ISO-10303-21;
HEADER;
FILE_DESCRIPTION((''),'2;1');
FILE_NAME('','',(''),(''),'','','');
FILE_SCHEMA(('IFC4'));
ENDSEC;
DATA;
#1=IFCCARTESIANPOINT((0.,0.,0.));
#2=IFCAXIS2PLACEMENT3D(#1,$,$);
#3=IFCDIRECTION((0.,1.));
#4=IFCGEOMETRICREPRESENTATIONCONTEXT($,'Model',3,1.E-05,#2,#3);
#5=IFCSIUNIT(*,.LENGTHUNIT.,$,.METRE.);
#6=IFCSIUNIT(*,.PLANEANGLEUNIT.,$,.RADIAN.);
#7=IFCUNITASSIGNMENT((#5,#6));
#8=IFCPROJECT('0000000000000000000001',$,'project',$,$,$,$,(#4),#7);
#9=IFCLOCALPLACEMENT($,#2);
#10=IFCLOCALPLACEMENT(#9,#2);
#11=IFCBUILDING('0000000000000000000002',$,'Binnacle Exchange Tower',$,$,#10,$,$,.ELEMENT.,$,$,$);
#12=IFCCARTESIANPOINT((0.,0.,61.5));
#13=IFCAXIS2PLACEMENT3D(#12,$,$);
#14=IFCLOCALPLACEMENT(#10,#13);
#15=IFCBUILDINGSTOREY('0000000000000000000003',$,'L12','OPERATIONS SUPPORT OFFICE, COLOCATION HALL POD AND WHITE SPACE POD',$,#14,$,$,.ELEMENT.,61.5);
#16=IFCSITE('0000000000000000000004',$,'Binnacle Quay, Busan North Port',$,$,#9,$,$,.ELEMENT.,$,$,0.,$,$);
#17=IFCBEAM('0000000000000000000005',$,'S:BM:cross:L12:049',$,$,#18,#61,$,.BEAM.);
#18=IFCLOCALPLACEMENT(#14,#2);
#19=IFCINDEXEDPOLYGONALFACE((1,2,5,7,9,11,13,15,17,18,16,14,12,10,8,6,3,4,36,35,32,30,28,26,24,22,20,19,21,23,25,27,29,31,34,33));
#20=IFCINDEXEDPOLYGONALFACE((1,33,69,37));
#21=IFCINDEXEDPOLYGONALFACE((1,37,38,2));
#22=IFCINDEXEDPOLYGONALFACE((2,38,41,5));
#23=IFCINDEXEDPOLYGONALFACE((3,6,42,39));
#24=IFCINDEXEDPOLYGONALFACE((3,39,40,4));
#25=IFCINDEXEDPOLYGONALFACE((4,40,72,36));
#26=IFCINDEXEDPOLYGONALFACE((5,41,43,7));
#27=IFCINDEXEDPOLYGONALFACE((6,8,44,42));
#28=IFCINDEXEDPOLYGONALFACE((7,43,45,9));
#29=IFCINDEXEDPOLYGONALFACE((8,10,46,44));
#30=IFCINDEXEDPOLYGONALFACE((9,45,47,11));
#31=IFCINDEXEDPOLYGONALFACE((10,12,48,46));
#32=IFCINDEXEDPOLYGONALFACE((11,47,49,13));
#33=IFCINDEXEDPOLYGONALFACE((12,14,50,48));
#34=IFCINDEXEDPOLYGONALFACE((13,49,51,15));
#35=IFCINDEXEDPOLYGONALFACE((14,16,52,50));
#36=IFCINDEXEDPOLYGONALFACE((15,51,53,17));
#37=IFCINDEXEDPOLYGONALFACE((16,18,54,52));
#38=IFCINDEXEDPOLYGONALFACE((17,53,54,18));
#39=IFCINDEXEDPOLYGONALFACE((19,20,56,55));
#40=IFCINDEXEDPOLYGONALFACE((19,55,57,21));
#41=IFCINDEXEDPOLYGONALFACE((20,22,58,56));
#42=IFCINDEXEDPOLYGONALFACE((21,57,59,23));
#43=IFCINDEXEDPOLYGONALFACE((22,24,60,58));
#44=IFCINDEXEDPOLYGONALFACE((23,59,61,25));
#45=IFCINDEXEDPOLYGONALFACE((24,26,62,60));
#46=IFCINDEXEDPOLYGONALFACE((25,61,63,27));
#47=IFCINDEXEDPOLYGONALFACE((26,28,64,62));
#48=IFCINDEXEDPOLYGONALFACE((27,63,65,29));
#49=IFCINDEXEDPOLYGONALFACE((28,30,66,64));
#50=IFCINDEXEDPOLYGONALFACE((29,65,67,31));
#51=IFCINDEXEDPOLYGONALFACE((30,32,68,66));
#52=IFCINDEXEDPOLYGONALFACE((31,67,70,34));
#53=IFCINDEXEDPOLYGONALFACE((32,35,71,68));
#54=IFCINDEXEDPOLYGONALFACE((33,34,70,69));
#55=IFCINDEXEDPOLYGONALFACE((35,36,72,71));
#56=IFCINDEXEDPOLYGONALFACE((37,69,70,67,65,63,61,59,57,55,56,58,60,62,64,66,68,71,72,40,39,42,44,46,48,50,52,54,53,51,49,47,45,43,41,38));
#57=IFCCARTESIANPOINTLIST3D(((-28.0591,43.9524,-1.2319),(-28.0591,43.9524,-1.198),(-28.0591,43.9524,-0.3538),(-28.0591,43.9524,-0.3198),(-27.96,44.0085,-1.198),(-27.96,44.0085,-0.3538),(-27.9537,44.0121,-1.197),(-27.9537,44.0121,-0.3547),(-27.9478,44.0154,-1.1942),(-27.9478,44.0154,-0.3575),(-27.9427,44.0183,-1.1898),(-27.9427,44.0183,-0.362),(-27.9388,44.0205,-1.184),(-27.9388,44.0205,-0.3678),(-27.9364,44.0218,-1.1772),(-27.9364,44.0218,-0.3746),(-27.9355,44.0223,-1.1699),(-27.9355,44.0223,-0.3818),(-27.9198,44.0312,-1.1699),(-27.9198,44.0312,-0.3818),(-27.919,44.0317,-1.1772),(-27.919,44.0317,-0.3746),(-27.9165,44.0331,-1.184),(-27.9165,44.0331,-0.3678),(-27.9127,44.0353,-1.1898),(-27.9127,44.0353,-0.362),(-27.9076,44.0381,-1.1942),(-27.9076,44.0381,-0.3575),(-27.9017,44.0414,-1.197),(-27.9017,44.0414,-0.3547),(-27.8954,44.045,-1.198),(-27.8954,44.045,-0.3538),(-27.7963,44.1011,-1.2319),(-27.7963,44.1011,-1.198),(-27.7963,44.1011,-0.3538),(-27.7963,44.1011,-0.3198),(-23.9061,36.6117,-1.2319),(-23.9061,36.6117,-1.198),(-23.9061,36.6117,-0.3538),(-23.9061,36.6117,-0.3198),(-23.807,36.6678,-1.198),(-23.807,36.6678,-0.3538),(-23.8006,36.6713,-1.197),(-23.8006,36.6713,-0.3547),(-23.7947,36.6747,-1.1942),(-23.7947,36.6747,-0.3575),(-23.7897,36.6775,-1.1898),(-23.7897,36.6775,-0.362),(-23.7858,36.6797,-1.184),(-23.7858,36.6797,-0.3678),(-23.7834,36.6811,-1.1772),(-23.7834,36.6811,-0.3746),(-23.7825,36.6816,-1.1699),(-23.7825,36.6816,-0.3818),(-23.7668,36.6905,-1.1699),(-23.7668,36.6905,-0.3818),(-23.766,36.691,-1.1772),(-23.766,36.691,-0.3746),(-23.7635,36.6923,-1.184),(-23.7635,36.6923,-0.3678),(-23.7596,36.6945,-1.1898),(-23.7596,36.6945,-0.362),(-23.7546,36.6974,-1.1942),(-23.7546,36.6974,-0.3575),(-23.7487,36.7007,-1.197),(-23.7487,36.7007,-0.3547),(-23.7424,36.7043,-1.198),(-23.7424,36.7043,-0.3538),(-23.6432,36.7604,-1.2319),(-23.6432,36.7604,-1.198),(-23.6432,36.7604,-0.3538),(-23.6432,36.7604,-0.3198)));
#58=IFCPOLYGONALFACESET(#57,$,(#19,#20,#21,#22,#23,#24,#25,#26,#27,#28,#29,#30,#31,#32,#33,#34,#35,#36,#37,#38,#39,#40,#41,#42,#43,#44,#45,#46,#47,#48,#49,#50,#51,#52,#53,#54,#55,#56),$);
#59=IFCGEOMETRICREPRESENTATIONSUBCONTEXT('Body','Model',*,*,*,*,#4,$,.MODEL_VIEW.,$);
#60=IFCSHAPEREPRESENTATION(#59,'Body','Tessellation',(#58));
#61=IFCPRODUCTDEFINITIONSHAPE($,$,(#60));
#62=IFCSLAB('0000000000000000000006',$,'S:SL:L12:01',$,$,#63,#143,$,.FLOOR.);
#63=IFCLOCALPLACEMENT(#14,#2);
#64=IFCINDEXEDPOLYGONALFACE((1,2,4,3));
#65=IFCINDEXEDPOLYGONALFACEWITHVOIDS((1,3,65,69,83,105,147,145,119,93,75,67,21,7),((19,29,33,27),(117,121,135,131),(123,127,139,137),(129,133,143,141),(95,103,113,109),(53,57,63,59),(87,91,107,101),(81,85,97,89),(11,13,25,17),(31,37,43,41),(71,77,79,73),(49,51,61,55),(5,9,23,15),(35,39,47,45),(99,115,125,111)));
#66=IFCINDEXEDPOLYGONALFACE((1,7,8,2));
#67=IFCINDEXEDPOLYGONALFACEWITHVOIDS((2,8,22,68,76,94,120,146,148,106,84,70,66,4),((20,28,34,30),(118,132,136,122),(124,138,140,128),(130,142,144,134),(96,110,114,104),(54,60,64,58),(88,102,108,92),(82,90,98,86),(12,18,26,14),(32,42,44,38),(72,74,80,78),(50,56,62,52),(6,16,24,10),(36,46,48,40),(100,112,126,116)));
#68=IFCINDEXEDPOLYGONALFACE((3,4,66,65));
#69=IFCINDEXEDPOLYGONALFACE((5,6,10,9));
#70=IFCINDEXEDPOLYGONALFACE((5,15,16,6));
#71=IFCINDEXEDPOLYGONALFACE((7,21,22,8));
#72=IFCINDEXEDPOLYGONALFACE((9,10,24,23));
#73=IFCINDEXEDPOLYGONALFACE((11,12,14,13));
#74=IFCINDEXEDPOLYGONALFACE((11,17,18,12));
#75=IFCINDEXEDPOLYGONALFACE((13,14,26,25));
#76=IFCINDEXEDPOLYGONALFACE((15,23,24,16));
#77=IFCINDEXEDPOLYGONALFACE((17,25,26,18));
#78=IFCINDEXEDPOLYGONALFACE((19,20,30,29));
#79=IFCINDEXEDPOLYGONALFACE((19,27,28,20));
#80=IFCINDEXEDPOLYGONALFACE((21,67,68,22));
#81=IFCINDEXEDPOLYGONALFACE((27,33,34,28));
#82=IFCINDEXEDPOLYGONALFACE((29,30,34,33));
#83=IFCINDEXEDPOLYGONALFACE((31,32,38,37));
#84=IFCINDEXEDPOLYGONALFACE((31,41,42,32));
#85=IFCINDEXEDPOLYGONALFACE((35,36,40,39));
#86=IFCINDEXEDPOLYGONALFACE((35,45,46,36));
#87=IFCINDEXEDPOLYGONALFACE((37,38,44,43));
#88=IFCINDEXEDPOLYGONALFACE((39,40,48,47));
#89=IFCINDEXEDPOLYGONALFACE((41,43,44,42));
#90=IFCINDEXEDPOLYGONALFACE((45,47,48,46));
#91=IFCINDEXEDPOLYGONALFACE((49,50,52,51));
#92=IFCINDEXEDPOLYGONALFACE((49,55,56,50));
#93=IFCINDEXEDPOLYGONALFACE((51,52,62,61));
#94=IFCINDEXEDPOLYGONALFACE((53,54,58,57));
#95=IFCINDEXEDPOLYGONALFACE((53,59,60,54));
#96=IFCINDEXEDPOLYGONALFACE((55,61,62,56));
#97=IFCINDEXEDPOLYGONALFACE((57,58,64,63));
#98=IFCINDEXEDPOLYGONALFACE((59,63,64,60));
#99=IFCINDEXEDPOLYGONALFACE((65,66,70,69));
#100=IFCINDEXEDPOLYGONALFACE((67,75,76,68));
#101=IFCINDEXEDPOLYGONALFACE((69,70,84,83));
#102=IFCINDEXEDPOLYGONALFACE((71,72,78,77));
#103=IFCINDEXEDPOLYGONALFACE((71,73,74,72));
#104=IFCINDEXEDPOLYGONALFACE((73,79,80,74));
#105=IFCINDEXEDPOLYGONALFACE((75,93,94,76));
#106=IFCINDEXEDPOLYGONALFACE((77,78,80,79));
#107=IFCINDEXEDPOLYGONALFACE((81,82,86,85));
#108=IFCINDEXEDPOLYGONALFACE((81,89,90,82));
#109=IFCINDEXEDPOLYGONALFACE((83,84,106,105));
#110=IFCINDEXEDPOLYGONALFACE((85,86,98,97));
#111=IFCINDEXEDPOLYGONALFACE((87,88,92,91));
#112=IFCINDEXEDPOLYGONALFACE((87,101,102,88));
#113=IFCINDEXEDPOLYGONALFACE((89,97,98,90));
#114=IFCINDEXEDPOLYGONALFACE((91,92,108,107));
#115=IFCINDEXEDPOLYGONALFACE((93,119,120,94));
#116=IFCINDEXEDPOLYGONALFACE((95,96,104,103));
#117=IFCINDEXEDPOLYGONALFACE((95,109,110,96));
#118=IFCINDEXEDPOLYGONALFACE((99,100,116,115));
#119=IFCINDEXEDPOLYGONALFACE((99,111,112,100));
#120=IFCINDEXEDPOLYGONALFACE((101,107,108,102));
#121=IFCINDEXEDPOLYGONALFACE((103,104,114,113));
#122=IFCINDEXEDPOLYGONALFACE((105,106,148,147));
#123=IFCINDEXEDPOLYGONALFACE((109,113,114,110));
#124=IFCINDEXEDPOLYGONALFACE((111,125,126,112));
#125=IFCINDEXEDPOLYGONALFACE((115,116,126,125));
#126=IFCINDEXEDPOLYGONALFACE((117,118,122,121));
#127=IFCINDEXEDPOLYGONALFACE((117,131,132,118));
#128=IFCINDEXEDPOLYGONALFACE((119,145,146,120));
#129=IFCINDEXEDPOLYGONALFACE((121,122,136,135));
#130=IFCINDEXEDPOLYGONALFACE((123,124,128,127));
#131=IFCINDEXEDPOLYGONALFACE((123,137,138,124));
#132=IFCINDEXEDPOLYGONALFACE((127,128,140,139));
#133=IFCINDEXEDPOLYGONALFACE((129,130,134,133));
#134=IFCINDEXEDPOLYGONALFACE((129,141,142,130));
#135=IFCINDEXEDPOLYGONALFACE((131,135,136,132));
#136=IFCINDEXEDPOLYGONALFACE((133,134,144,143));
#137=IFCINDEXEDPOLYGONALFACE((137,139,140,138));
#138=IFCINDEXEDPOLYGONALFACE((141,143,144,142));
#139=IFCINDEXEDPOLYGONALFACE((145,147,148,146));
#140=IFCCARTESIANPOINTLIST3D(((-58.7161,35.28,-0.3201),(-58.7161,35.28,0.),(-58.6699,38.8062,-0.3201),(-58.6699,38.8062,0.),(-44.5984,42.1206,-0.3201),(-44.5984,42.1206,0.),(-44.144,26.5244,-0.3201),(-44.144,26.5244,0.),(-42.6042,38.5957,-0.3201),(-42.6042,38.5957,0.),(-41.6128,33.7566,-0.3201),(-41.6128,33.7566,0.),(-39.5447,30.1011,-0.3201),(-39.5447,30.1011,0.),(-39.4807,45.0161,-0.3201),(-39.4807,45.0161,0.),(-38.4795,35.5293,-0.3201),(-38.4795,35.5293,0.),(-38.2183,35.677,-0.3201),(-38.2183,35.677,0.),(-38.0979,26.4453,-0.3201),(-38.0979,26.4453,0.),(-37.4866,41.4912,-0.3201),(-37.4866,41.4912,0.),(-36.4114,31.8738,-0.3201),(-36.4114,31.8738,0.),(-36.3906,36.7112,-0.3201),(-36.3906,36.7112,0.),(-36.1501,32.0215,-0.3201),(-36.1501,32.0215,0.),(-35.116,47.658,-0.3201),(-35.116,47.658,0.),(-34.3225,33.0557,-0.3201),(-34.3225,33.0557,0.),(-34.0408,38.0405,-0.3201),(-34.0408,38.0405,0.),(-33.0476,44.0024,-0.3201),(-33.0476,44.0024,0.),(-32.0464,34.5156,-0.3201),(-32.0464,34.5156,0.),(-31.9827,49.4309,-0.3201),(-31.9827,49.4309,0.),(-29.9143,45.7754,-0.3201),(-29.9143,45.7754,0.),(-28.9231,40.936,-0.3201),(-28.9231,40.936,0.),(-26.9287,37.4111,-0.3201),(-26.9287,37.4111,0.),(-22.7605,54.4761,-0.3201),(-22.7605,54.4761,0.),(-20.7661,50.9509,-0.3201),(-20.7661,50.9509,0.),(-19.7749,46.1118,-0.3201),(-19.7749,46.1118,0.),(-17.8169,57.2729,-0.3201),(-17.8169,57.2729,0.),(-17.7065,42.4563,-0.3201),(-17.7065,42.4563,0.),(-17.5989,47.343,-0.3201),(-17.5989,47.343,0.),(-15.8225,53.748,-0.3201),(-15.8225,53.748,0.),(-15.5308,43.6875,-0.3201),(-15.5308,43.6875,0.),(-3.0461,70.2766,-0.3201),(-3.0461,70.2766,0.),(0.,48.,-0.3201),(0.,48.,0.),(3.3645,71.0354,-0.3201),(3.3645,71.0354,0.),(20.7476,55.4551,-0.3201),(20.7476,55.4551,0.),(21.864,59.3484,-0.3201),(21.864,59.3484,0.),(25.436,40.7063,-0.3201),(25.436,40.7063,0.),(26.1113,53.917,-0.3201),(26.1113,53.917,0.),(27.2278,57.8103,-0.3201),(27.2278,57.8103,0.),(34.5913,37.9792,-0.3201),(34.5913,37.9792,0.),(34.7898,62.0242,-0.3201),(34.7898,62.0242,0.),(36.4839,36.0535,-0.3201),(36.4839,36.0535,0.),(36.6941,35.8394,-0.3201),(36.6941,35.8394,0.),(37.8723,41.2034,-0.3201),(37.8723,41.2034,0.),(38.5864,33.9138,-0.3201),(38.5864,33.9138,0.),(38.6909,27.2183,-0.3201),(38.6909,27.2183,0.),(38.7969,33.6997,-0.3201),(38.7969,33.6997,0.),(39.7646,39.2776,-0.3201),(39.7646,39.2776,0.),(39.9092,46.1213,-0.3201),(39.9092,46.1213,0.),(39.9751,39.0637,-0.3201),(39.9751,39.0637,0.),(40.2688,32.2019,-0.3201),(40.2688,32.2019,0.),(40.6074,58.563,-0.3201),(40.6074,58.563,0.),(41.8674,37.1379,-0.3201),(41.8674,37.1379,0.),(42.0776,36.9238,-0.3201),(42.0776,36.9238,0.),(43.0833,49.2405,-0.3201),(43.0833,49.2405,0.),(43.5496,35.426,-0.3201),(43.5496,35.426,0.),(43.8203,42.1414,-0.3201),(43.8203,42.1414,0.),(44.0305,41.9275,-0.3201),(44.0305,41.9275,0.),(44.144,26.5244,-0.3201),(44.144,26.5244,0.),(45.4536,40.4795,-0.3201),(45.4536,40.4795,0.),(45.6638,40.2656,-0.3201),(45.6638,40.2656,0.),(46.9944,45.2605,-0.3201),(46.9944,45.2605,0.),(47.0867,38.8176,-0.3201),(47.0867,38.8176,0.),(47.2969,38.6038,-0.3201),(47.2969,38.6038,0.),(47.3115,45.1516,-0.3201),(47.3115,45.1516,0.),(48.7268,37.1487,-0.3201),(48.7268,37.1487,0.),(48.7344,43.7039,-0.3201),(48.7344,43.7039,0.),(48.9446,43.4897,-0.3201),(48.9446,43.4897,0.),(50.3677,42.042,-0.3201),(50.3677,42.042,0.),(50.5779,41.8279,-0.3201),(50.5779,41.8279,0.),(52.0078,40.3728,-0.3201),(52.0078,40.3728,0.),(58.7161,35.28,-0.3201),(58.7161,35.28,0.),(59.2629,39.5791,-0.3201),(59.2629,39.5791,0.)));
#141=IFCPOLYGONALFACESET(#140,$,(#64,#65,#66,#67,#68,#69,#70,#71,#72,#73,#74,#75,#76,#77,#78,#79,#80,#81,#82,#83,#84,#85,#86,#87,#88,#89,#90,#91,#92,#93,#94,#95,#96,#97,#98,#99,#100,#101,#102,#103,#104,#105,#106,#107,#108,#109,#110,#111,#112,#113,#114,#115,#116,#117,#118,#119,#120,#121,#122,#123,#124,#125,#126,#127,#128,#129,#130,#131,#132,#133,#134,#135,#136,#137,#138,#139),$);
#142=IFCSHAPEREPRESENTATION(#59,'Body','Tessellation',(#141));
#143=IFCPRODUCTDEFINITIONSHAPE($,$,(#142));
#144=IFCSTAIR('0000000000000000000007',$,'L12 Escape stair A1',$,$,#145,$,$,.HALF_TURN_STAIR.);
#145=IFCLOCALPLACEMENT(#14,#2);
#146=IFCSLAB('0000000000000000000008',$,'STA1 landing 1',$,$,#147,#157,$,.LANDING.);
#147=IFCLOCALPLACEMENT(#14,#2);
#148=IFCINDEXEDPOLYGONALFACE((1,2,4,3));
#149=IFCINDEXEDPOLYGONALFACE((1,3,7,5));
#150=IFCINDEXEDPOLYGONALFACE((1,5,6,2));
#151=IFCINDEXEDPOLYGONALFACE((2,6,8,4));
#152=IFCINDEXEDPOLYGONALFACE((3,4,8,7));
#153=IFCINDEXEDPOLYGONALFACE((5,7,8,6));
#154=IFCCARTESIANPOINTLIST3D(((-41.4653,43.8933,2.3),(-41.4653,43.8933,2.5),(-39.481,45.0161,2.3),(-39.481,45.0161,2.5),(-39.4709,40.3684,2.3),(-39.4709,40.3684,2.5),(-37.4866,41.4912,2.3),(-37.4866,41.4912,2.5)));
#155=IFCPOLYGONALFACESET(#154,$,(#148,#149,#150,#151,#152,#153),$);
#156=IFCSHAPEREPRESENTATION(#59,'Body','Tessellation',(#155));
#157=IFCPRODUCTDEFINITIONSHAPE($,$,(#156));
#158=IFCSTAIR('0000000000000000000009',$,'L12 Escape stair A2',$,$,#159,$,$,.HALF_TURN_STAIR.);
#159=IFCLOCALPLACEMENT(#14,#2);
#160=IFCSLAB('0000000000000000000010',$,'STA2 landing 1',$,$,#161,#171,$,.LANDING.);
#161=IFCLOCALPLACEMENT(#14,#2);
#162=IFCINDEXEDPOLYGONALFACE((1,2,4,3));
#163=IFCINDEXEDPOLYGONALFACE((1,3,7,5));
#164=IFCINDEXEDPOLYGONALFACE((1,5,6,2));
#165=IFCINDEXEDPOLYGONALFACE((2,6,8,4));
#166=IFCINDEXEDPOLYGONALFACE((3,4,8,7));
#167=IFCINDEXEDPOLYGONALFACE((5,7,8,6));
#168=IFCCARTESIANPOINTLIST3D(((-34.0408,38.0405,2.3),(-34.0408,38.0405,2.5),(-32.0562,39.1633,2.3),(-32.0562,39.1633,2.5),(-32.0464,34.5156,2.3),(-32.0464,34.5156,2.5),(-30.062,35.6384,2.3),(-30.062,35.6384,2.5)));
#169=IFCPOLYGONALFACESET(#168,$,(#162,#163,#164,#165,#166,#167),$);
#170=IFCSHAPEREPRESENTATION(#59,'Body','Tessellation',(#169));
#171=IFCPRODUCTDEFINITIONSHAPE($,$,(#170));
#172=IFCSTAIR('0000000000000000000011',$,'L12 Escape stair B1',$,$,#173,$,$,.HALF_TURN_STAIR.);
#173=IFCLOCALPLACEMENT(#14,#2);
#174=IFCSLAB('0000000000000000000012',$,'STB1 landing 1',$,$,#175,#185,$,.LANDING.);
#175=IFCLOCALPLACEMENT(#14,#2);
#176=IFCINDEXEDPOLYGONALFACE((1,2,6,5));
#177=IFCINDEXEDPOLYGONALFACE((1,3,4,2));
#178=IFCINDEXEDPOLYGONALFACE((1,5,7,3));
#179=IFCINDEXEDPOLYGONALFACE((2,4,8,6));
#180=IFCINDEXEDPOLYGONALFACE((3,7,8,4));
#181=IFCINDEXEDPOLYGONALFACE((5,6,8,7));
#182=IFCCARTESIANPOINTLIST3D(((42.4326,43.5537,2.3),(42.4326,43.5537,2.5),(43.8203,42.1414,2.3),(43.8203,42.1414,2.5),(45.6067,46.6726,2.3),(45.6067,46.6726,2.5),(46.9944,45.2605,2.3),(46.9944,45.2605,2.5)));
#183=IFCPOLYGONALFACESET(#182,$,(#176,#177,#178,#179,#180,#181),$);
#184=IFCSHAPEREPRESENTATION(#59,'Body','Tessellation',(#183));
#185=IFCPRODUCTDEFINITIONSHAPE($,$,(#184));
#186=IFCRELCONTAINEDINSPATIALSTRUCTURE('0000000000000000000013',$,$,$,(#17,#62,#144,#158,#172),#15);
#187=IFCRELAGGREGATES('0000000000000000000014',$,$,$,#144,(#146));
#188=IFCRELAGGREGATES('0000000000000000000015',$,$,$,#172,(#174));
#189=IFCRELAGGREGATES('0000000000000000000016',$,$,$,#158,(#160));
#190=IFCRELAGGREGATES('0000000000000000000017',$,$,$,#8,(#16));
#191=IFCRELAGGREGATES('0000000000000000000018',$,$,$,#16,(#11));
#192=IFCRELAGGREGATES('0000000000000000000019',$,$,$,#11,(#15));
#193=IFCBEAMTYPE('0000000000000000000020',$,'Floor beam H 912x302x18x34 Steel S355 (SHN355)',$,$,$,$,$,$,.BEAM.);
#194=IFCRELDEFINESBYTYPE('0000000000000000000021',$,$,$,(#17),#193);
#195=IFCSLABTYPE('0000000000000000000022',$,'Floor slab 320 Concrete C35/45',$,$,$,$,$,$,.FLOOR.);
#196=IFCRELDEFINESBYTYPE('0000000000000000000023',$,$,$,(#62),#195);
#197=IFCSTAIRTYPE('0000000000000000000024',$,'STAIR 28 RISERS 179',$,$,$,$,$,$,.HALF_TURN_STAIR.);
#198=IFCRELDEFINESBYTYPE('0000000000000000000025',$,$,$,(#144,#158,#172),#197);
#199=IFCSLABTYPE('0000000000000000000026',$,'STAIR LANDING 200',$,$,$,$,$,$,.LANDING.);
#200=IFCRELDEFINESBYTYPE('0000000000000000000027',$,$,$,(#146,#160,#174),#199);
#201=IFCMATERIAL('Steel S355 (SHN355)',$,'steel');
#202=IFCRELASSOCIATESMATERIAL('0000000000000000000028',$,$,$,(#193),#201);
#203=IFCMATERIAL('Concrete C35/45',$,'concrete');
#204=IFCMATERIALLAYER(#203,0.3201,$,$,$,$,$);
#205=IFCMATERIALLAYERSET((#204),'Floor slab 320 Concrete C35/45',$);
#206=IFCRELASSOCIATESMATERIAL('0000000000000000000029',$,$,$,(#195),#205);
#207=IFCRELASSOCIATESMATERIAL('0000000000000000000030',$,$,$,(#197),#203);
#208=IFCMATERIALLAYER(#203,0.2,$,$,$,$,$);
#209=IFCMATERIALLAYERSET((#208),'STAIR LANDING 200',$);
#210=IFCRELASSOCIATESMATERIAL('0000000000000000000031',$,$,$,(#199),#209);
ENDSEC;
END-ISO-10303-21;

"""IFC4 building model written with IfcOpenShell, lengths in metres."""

from ifc_helpers import new_model, si_unit, direction, frame, origin, origin_2d, place, context, subcontext, project, spatial, polyline, i_section, outline, extrude, material, layer, layer_set, material_profile, profile_set, type_object, element, aggregate, save


model = new_model("IFC4")

# Units and contexts
model_context = context("Model", 3, precision=1e-05, world=origin(), true_north=direction((0.0, 1.0)))
body_context = subcontext(model_context, "Body", "Model", "MODEL_VIEW")
ifc_project = project(units=[si_unit("LENGTHUNIT", "METRE"), si_unit("PLANEANGLEUNIT", "RADIAN")], contexts=[model_context])

# Site, building, storey
site_placement = place(None, origin())
site = spatial("IfcSite", under=ifc_project, at=site_placement, Name="Binnacle Quay, Busan North Port", CompositionType="ELEMENT", RefElevation=0.0)
building_placement = place(site_placement, origin())
building = spatial("IfcBuilding", under=site, at=building_placement, Name="Binnacle Exchange Tower", CompositionType="ELEMENT")
storey_placement = place(building_placement, frame((0.0, 0.0, 61.5)))
storey = spatial("IfcBuildingStorey", under=building, at=storey_placement, Name="L12", Description="OPERATIONS SUPPORT OFFICE, COLOCATION HALL POD AND WHITE SPACE POD", CompositionType="ELEMENT", Elevation=61.5)

# Beam
ifc_material_1 = material(Name="Steel S355 (SHN355)", Category="steel")
ifc_material_profile_1 = material_profile(ifc_material_1, i_section(OverallWidth=0.302, OverallDepth=0.9121, WebThickness=0.0181, FlangeThickness=0.0339, FilletRadius=0.0281, at=origin_2d()), Name="H 912x302x18x34")
ifc_profile_set_1 = profile_set([ifc_material_profile_1], Name="Steel S355 (SHN355)")
beam_type_1 = type_object("IfcBeamType", Name="Floor beam H 912x302x18x34 Steel S355 (SHN355)", PredefinedType="BEAM", material=ifc_profile_set_1)
beam_1_placement = place(storey_placement, frame((-23.7747, 36.686, -0.7759), z_axis=(-0.492409, 0.870364, 0.0), x_axis=(-0.870364, -0.492409, 0.0)))
element("IfcBeam", 1, at=beam_1_placement, inside=storey, type_object=beam_type_1, Name="S:BM:cross:L12:049", PredefinedType="BEAM", context=body_context, shape_type="SweptSolid", body=[
    extrude(i_section(OverallWidth=0.302, OverallDepth=0.9121, WebThickness=0.0181, FlangeThickness=0.0339, FilletRadius=0.0281, at=origin_2d()), origin(), (0.0, 0.0, 1.0), 8.4341),
])

# Slab
ifc_material_2 = material(Name="Concrete C35/45", Category="concrete")
ifc_layer_1 = layer(ifc_material_2, 0.3201)
ifc_layer_set_1 = layer_set([ifc_layer_1], Name="Floor slab 320 Concrete C35/45")
slab_type_1 = type_object("IfcSlabType", Name="Floor slab 320 Concrete C35/45", PredefinedType="FLOOR", material=ifc_layer_set_1)
slab_1_placement = place(storey_placement, frame((0.0, 0.0, -0.3201)))
element("IfcSlab", 2, at=slab_1_placement, inside=storey, type_object=slab_type_1, Name="S:SL:L12:01", PredefinedType="FLOOR", context=body_context, shape_type="SweptSolid", body=[
    extrude(outline(polyline([(59.2629, 39.5791), (58.7161, 35.28), (44.144, 26.5244), (38.6909, 27.2183), (25.436, 40.7063), (0.0, 48.0), (-38.0979, 26.4453), (-44.144, 26.5244), (-58.7161, 35.28), (-58.6699, 38.8062), (-3.0461, 70.2766), (3.3645, 71.0354), (34.7898, 62.0242), (40.6074, 58.563), (59.2629, 39.5791)]), holes=[polyline([(-38.4795, 35.5293), (-41.6128, 33.7566), (-39.5447, 30.1011), (-36.4114, 31.8738), (-38.4795, 35.5293)]), polyline([(-34.3225, 33.0557), (-36.3906, 36.7112), (-38.2183, 35.677), (-36.1501, 32.0215), (-34.3225, 33.0557)]), polyline([(-34.0408, 38.0405), (-32.0464, 34.5156), (-26.9287, 37.4111), (-28.9231, 40.936), (-34.0408, 38.0405)]), polyline([(-37.4866, 41.4912), (-39.4807, 45.0161), (-44.5984, 42.1206), (-42.6042, 38.5957), (-37.4866, 41.4912)]), polyline([(-15.5308, 43.6875), (-17.5989, 47.343), (-19.7749, 46.1118), (-17.7065, 42.4563), (-15.5308, 43.6875)]), polyline([(-29.9143, 45.7754), (-31.9827, 49.4309), (-35.116, 47.658), (-33.0476, 44.0024), (-29.9143, 45.7754)]), polyline([(-15.8225, 53.748), (-17.8169, 57.2729), (-22.7605, 54.4761), (-20.7661, 50.9509), (-15.8225, 53.748)]), polyline([(26.1113, 53.917), (27.2278, 57.8103), (21.864, 59.3484), (20.7476, 55.4551), (26.1113, 53.917)]), polyline([(40.2688, 32.2019), (43.5496, 35.426), (42.0776, 36.9238), (38.7969, 33.6997), (40.2688, 32.2019)]), polyline([(38.5864, 33.9138), (41.8674, 37.1379), (39.9751, 39.0637), (36.6941, 35.8394), (38.5864, 33.9138)]), polyline([(36.4839, 36.0535), (39.7646, 39.2776), (37.8723, 41.2034), (34.5913, 37.9792), (36.4839, 36.0535)]), polyline([(48.7268, 37.1487), (52.0078, 40.3728), (50.5779, 41.8279), (47.2969, 38.6038), (48.7268, 37.1487)]), polyline([(47.0867, 38.8176), (50.3677, 42.042), (48.9446, 43.4897), (45.6638, 40.2656), (47.0867, 38.8176)]), polyline([(45.4536, 40.4795), (48.7344, 43.7039), (47.3115, 45.1516), (44.0305, 41.9275), (45.4536, 40.4795)]), polyline([(43.8203, 42.1414), (46.9944, 45.2605), (43.0833, 49.2405), (39.9092, 46.1213), (43.8203, 42.1414)])]), origin(), (0.0, 0.0, 1.0), 0.3201),
])

# Stairs, slabs
stair_type = type_object("IfcStairType", Name="STAIR 28 RISERS 179", PredefinedType="HALF_TURN_STAIR", material=ifc_material_2)
stair_1_placement = place(storey_placement, origin())
stair_1 = element("IfcStair", 3, at=stair_1_placement, inside=storey, type_object=stair_type, Name="L12 Escape stair A1", PredefinedType="HALF_TURN_STAIR")
ifc_layer_2 = layer(ifc_material_2, 0.2)
ifc_layer_set_2 = layer_set([ifc_layer_2], Name="STAIR LANDING 200")
slab_type_2 = type_object("IfcSlabType", Name="STAIR LANDING 200", PredefinedType="LANDING", material=ifc_layer_set_2)
slab_2_placement = place(storey_placement, frame((0.0, 0.0, 2.3)))
slab_2 = element("IfcSlab", 4, at=slab_2_placement, type_object=slab_type_2, Name="STA1 landing 1", PredefinedType="LANDING", context=body_context, shape_type="SweptSolid", body=[
    extrude(outline(polyline([(-39.4709, 40.3684), (-37.4866, 41.4912), (-39.481, 45.0161), (-41.4653, 43.8933), (-39.4709, 40.3684)])), origin(), (0.0, 0.0, 1.0), 0.2),
])
aggregate(stair_1, [slab_2])
stair_2_placement = place(storey_placement, origin())
stair_2 = element("IfcStair", 5, at=stair_2_placement, inside=storey, type_object=stair_type, Name="L12 Escape stair A2", PredefinedType="HALF_TURN_STAIR")
slab_3_placement = place(storey_placement, frame((0.0, 0.0, 2.3)))
slab_3 = element("IfcSlab", 6, at=slab_3_placement, type_object=slab_type_2, Name="STA2 landing 1", PredefinedType="LANDING", context=body_context, shape_type="SweptSolid", body=[
    extrude(outline(polyline([(-32.0562, 39.1633), (-34.0408, 38.0405), (-32.0464, 34.5156), (-30.062, 35.6384), (-32.0562, 39.1633)])), origin(), (0.0, 0.0, 1.0), 0.2),
])
stair_3_placement = place(storey_placement, origin())
stair_3 = element("IfcStair", 7, at=stair_3_placement, inside=storey, type_object=stair_type, Name="L12 Escape stair B1", PredefinedType="HALF_TURN_STAIR")
slab_4_placement = place(storey_placement, frame((0.0, 0.0, 2.3)))
slab_4 = element("IfcSlab", 8, at=slab_4_placement, type_object=slab_type_2, Name="STB1 landing 1", PredefinedType="LANDING", context=body_context, shape_type="SweptSolid", body=[
    extrude(outline(polyline([(42.4326, 43.5537), (43.8203, 42.1414), (46.9944, 45.2605), (45.6067, 46.6726), (42.4326, 43.5537)])), origin(), (0.0, 0.0, 1.0), 0.2),
])
aggregate(stair_3, [slab_4])

aggregate(stair_2, [slab_3])

save(model, "model.ifc")
